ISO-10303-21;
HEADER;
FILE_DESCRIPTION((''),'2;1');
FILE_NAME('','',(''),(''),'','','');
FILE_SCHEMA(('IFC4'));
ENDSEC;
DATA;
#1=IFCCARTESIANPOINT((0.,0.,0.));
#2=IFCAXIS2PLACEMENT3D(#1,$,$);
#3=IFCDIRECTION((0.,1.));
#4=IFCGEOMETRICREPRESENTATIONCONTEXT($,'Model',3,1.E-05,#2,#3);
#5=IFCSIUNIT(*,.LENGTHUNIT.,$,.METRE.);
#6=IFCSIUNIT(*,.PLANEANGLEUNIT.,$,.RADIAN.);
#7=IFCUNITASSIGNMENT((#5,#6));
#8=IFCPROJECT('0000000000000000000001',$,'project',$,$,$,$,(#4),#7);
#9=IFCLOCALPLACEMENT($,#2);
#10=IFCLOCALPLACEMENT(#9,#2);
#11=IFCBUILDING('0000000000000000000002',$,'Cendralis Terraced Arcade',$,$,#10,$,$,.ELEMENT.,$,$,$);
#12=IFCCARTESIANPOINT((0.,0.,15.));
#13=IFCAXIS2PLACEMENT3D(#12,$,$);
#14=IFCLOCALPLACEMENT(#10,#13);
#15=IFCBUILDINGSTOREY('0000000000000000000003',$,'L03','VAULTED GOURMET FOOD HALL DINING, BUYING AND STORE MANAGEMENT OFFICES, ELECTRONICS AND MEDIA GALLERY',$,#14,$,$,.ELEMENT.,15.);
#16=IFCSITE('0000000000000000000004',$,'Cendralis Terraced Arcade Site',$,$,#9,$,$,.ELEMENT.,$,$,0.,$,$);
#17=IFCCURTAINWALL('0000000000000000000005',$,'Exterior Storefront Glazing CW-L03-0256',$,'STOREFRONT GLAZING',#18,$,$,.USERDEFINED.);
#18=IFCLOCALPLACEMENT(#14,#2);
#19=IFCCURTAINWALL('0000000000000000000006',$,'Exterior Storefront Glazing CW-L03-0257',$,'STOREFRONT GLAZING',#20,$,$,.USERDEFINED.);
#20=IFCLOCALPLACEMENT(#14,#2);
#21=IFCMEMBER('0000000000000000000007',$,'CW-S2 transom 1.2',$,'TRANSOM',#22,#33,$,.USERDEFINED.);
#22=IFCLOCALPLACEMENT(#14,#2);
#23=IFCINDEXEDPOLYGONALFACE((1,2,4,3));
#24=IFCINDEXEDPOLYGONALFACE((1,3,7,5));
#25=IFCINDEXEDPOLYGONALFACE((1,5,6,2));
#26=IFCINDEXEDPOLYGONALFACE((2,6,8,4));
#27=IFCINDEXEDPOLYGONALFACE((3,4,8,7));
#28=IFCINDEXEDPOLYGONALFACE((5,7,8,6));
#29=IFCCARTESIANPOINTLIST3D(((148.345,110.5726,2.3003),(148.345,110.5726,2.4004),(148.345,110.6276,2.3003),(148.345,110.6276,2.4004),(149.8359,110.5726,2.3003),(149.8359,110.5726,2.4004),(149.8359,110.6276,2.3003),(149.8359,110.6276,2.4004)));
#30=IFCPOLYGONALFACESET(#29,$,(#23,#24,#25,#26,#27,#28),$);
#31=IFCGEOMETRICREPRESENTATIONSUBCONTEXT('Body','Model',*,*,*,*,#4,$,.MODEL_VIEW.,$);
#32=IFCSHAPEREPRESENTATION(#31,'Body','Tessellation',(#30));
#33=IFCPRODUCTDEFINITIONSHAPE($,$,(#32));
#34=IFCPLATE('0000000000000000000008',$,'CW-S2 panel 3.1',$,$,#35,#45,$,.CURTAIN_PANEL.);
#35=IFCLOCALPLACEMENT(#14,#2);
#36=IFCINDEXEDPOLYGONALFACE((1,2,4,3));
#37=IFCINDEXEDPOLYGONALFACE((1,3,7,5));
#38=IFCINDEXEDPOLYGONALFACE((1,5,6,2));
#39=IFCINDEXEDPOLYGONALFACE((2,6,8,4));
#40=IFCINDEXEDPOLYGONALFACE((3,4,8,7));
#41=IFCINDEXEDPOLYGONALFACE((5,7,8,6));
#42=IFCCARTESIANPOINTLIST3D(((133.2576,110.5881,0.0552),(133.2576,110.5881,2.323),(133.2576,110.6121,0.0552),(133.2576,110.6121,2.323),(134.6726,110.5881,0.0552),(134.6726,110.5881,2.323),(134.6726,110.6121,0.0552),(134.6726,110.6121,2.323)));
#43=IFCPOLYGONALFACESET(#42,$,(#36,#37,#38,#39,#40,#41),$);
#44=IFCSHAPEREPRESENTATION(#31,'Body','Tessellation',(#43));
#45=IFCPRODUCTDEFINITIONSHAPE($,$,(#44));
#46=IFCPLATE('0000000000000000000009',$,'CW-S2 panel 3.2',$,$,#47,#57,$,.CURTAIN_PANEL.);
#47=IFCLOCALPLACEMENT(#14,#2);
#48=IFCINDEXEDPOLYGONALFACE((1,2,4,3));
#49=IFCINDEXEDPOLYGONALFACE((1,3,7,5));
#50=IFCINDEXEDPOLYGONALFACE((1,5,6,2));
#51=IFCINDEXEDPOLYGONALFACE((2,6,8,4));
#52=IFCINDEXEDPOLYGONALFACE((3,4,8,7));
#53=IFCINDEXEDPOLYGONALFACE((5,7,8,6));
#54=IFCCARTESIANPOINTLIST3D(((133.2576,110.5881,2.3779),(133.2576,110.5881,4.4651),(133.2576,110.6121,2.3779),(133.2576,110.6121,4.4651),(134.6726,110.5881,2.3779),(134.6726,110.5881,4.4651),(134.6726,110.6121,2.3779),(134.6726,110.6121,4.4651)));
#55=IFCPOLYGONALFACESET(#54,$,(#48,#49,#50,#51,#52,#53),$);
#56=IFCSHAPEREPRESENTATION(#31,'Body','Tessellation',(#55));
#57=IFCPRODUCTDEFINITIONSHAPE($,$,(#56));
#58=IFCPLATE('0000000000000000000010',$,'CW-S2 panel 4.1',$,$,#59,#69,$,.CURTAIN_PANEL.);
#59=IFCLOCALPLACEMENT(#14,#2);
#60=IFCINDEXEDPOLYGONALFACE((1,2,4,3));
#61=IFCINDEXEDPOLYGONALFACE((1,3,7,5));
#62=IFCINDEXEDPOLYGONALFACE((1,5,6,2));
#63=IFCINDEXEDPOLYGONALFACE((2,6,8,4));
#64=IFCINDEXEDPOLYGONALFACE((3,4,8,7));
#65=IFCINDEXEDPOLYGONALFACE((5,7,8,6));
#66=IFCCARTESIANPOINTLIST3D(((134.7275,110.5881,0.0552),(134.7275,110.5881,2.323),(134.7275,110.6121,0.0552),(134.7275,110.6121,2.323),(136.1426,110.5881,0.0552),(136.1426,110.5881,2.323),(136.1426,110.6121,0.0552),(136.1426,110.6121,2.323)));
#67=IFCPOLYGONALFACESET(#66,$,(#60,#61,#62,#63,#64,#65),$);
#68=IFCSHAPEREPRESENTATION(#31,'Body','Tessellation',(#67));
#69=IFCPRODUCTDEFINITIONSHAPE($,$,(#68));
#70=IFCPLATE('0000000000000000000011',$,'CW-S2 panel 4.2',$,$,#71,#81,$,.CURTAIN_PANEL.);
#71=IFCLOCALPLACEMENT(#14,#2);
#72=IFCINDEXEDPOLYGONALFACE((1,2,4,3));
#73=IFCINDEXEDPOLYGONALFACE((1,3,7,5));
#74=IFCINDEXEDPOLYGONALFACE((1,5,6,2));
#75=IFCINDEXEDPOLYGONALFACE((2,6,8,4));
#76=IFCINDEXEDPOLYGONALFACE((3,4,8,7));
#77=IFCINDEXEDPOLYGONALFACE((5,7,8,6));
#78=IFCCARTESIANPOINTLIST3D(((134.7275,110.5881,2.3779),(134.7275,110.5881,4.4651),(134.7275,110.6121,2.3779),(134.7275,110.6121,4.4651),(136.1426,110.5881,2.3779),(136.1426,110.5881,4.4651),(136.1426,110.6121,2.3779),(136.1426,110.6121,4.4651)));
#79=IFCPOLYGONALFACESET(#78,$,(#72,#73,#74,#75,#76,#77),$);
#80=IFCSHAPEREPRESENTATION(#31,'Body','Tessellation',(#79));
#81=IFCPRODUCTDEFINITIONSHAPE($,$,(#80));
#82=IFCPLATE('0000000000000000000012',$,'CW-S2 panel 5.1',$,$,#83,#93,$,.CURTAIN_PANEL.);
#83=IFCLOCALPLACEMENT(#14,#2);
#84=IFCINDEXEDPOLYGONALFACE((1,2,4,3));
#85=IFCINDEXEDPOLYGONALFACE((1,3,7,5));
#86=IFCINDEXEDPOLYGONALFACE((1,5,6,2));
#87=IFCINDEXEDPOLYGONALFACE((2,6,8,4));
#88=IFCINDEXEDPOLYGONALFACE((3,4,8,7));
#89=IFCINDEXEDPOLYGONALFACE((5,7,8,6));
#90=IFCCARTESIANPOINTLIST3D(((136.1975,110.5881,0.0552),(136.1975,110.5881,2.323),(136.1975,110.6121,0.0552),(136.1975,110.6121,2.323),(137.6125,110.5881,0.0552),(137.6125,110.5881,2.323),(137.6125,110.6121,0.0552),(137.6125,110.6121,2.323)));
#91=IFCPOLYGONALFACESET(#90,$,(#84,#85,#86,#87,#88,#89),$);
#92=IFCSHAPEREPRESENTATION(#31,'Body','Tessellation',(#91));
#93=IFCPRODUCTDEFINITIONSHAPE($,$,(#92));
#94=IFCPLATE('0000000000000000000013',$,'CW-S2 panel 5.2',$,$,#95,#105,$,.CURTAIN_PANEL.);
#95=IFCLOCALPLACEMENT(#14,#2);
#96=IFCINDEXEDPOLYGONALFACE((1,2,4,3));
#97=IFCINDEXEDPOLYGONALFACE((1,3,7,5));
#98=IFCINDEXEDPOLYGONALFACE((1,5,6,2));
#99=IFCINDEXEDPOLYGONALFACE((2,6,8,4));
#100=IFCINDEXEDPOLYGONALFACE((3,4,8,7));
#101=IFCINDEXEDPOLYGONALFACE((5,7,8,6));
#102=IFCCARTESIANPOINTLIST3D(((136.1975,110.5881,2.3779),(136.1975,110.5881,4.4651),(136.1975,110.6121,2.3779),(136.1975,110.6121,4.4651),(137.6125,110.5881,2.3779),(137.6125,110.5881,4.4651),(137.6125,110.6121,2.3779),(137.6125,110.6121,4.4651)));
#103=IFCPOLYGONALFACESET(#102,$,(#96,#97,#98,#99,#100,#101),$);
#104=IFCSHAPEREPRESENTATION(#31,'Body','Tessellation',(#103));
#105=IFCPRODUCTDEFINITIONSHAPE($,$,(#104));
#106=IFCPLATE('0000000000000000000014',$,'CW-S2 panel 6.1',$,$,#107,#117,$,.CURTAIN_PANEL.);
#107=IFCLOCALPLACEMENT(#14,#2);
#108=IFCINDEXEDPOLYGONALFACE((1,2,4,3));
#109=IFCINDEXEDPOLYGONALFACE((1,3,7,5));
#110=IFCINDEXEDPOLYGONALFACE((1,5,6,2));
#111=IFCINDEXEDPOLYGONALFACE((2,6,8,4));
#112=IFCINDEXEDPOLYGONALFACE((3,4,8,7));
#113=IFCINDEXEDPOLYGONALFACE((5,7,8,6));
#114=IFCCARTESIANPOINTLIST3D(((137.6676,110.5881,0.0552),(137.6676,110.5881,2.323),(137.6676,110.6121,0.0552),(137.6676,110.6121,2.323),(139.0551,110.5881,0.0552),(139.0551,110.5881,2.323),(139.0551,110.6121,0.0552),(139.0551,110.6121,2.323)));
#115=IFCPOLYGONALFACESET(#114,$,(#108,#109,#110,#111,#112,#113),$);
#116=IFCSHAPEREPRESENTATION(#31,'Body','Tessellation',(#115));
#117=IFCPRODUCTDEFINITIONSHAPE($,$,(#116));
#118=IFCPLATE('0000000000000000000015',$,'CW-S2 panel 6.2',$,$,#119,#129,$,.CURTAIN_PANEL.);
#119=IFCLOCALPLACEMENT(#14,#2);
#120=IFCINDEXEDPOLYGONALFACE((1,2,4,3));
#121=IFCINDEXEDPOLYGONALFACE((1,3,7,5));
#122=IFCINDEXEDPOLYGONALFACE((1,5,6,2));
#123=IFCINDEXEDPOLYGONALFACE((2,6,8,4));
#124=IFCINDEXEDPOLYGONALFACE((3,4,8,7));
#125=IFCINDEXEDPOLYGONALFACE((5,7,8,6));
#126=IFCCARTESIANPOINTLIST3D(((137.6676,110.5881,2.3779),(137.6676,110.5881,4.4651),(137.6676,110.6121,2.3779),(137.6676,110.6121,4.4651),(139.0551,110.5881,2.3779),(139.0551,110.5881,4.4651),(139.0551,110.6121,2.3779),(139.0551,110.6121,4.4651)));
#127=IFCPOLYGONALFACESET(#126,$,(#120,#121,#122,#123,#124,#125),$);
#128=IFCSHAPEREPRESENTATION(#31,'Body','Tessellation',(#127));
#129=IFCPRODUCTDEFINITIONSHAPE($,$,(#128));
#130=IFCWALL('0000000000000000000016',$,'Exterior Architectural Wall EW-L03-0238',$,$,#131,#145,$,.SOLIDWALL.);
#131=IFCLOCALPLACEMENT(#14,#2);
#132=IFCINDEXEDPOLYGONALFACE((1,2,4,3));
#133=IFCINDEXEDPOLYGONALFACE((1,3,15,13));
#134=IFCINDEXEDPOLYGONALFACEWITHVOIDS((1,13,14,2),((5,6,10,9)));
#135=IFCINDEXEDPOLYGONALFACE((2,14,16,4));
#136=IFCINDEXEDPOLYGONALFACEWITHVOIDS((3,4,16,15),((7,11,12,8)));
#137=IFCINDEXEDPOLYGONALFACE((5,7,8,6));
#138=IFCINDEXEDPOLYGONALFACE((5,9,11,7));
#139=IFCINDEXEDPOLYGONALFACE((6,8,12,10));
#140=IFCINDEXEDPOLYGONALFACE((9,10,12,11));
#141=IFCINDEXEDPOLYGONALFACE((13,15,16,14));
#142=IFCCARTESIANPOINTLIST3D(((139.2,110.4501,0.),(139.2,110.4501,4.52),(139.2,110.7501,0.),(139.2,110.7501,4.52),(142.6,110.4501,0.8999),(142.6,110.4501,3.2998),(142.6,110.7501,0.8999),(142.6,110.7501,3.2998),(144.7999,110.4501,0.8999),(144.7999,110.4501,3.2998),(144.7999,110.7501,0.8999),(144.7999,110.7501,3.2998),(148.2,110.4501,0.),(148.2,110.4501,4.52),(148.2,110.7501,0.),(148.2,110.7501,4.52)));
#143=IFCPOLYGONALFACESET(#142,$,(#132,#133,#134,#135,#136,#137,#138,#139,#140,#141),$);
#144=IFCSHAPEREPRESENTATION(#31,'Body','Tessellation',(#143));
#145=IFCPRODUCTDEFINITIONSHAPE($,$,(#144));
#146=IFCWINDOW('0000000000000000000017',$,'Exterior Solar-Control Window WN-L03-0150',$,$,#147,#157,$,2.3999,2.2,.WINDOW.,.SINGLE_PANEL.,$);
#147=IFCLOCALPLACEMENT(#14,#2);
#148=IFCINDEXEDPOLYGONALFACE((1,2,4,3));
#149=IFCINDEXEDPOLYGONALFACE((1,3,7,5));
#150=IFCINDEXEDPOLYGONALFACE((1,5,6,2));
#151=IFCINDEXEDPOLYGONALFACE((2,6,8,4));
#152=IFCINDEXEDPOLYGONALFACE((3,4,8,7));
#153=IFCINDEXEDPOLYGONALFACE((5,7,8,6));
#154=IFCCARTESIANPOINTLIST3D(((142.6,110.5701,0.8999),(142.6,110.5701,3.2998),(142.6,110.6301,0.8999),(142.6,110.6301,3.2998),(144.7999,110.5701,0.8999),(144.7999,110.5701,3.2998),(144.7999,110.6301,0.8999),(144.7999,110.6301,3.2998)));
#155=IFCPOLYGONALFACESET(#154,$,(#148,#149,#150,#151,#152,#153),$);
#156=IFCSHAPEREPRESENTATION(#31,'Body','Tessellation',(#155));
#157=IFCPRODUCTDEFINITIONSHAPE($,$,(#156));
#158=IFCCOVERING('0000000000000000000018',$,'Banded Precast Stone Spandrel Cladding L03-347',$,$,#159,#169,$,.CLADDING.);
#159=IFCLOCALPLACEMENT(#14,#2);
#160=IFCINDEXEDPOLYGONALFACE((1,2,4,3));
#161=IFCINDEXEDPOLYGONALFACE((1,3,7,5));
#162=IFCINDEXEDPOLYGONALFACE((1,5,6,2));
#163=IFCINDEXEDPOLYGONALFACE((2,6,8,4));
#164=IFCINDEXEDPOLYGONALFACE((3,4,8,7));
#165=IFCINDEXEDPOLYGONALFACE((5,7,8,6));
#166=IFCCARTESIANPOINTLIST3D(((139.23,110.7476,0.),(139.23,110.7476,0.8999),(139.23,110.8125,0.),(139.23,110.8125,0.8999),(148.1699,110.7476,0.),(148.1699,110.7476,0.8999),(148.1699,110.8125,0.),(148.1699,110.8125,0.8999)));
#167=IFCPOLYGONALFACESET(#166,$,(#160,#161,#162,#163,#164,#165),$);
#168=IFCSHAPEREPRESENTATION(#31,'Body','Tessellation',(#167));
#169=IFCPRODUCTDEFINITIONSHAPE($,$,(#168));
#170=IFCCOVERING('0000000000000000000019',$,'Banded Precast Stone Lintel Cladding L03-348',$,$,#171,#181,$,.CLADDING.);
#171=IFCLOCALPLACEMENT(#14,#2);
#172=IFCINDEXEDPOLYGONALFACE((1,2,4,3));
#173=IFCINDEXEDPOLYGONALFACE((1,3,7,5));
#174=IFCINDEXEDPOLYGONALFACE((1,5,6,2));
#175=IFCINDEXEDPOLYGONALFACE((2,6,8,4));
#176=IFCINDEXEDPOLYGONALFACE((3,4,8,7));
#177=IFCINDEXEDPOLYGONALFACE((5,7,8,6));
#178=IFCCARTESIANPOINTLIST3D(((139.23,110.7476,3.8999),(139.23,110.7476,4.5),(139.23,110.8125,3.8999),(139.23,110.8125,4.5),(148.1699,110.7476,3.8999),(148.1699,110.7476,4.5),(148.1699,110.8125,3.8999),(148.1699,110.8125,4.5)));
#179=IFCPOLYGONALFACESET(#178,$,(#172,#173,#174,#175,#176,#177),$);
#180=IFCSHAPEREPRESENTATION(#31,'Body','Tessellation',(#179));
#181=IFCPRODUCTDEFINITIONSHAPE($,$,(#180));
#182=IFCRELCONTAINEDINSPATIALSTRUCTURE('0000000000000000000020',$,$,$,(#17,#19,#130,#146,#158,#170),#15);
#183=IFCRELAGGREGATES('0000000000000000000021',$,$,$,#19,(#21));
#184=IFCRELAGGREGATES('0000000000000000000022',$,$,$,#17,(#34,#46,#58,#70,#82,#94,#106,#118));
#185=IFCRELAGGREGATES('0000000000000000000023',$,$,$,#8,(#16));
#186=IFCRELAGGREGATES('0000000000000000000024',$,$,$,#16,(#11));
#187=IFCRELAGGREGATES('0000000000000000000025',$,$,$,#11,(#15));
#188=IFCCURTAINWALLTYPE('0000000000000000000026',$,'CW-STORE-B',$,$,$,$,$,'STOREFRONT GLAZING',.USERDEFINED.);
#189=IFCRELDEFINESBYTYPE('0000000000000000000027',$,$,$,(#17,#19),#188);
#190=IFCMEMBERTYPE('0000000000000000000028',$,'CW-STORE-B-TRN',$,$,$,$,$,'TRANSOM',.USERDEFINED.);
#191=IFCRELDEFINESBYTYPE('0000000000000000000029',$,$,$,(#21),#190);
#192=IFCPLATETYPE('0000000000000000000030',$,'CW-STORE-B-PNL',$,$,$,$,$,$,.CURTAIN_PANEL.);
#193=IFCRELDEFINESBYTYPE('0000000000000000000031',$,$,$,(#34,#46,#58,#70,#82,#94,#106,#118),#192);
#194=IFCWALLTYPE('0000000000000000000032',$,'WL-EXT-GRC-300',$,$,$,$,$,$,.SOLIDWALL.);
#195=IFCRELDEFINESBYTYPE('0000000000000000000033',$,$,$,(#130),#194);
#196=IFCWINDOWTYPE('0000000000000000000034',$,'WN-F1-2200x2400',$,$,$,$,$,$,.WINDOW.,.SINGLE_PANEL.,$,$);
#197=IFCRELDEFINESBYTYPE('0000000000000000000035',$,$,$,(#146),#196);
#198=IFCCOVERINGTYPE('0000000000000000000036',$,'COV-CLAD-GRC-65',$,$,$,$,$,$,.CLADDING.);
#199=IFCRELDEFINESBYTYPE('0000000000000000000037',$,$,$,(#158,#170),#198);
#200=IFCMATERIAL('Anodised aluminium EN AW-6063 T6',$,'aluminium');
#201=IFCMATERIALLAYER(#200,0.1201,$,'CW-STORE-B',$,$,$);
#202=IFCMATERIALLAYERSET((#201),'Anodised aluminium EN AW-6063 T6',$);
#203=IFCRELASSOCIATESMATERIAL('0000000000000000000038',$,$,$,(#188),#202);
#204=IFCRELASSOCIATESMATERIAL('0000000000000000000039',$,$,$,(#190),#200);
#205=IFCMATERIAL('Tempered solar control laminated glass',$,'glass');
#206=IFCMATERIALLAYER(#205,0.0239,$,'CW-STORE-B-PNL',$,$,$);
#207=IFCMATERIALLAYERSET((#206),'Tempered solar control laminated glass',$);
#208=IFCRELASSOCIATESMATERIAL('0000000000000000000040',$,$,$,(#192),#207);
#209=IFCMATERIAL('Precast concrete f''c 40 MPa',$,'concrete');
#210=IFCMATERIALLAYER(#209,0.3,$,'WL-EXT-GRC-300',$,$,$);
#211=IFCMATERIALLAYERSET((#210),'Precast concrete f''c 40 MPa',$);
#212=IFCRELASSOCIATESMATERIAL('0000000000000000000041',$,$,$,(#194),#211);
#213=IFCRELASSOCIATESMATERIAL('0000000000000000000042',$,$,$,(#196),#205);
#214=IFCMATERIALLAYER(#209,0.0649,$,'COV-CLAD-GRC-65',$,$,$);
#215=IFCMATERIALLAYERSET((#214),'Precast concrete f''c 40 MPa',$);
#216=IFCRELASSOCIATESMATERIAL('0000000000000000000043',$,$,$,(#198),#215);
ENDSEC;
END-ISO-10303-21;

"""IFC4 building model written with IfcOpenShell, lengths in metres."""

from ifc_helpers import new_model, si_unit, direction, frame, frame_2d, origin, origin_2d, place, context, subcontext, project, spatial, rectangle, extrude, material, layer, layer_set, material_profile, profile_set, type_object, element, fill, aggregate, save


model = new_model("IFC4")

# Units and contexts
model_context = context("Model", 3, precision=1e-05, world=origin(), true_north=direction((0.0, 1.0)))
body_context = subcontext(model_context, "Body", "Model", "MODEL_VIEW")
ifc_project = project(units=[si_unit("LENGTHUNIT", "METRE"), si_unit("PLANEANGLEUNIT", "RADIAN")], contexts=[model_context])

# Site, building, storey
site_placement = place(None, origin())
site = spatial("IfcSite", under=ifc_project, at=site_placement, Name="Cendralis Terraced Arcade Site", CompositionType="ELEMENT", RefElevation=0.0)
building_placement = place(site_placement, origin())
building = spatial("IfcBuilding", under=site, at=building_placement, Name="Cendralis Terraced Arcade", CompositionType="ELEMENT")
storey_placement = place(building_placement, frame((0.0, 0.0, 15.0)))
storey = spatial("IfcBuildingStorey", under=building, at=storey_placement, Name="L03", Description="VAULTED GOURMET FOOD HALL DINING, BUYING AND STORE MANAGEMENT OFFICES, ELECTRONICS AND MEDIA GALLERY", CompositionType="ELEMENT", Elevation=15.0)

# Curtain wall
ifc_material_1 = material(Name="Anodised aluminium EN AW-6063 T6", Category="aluminium")
ifc_layer_1 = layer(ifc_material_1, 0.1201, Name="CW-STORE-B")
ifc_layer_set_1 = layer_set([ifc_layer_1], Name="Anodised aluminium EN AW-6063 T6")
curtain_wall_type = type_object("IfcCurtainWallType", Name="CW-STORE-B", ElementType="STOREFRONT GLAZING", PredefinedType="USERDEFINED", material=ifc_layer_set_1)
curtain_wall_1_placement = place(storey_placement, origin())
curtain_wall_1 = element("IfcCurtainWall", 1, at=curtain_wall_1_placement, inside=storey, type_object=curtain_wall_type, Name="Exterior Storefront Glazing CW-L03-0256", ObjectType="STOREFRONT GLAZING", PredefinedType="USERDEFINED")

# Curtain wall
curtain_wall_2_placement = place(storey_placement, origin())
curtain_wall_2 = element("IfcCurtainWall", 2, at=curtain_wall_2_placement, inside=storey, type_object=curtain_wall_type, Name="Exterior Storefront Glazing CW-L03-0257", ObjectType="STOREFRONT GLAZING", PredefinedType="USERDEFINED")

# Member
ifc_material_profile_1 = material_profile(ifc_material_1, rectangle(XDim=0.0549, YDim=0.1001, at=origin_2d()), Name="ALU-TRN-55x100")
ifc_profile_set_1 = profile_set([ifc_material_profile_1], Name="Anodised aluminium EN AW-6063 T6")
member_type_1 = type_object("IfcMemberType", Name="CW-STORE-B-TRN", ElementType="TRANSOM", PredefinedType="USERDEFINED", material=ifc_profile_set_1)
member_1_placement = place(storey_placement, frame((148.345, 110.6001, 2.3503), z_axis=(1.0, 0.0, 0.0), x_axis=(0.0, 1.0, 0.0)))
member_1 = element("IfcMember", 3, at=member_1_placement, type_object=member_type_1, Name="CW-S2 transom 1.2", ObjectType="TRANSOM", PredefinedType="USERDEFINED", context=body_context, shape_type="SweptSolid", body=[
    extrude(rectangle(XDim=0.0549, YDim=0.1001, at=origin_2d()), origin(), (0.0, 0.0, 1.0), 1.491),
])
aggregate(curtain_wall_2, [member_1])

# Plates
ifc_material_2 = material(Name="Tempered solar control laminated glass", Category="glass")
ifc_layer_2 = layer(ifc_material_2, 0.0239, Name="CW-STORE-B-PNL")
ifc_layer_set_2 = layer_set([ifc_layer_2], Name="Tempered solar control laminated glass")
plate_type = type_object("IfcPlateType", Name="CW-STORE-B-PNL", PredefinedType="CURTAIN_PANEL", material=ifc_layer_set_2)
plate_1_placement = place(storey_placement, frame((133.9651, 110.6001, 0.0552), z_axis=(0.0, 0.0, 1.0), x_axis=(1.0, 0.0, 0.0)))
plate_1 = element("IfcPlate", 4, at=plate_1_placement, type_object=plate_type, Name="CW-S2 panel 3.1", PredefinedType="CURTAIN_PANEL", context=body_context, shape_type="SweptSolid", body=[
    extrude(rectangle(XDim=1.415, YDim=0.0239, at=origin_2d()), origin(), (0.0, 0.0, 1.0), 2.2678),
])
plate_2_placement = place(storey_placement, frame((133.9651, 110.6001, 2.3779), z_axis=(0.0, 0.0, 1.0), x_axis=(1.0, 0.0, 0.0)))
plate_2 = element("IfcPlate", 5, at=plate_2_placement, type_object=plate_type, Name="CW-S2 panel 3.2", PredefinedType="CURTAIN_PANEL", context=body_context, shape_type="SweptSolid", body=[
    extrude(rectangle(XDim=1.415, YDim=0.0239, at=origin_2d()), origin(), (0.0, 0.0, 1.0), 2.0872),
])
plate_3_placement = place(storey_placement, frame((135.4351, 110.6001, 0.0552), z_axis=(0.0, 0.0, 1.0), x_axis=(1.0, 0.0, 0.0)))
plate_3 = element("IfcPlate", 6, at=plate_3_placement, type_object=plate_type, Name="CW-S2 panel 4.1", PredefinedType="CURTAIN_PANEL", context=body_context, shape_type="SweptSolid", body=[
    extrude(rectangle(XDim=1.415, YDim=0.0239, at=origin_2d()), origin(), (0.0, 0.0, 1.0), 2.2678),
])
plate_4_placement = place(storey_placement, frame((135.4351, 110.6001, 2.3779), z_axis=(0.0, 0.0, 1.0), x_axis=(1.0, 0.0, 0.0)))
plate_4 = element("IfcPlate", 7, at=plate_4_placement, type_object=plate_type, Name="CW-S2 panel 4.2", PredefinedType="CURTAIN_PANEL", context=body_context, shape_type="SweptSolid", body=[
    extrude(rectangle(XDim=1.415, YDim=0.0239, at=origin_2d()), origin(), (0.0, 0.0, 1.0), 2.0872),
])
plate_5_placement = place(storey_placement, frame((136.905, 110.6001, 0.0552), z_axis=(0.0, 0.0, 1.0), x_axis=(1.0, 0.0, 0.0)))
plate_5 = element("IfcPlate", 8, at=plate_5_placement, type_object=plate_type, Name="CW-S2 panel 5.1", PredefinedType="CURTAIN_PANEL", context=body_context, shape_type="SweptSolid", body=[
    extrude(rectangle(XDim=1.415, YDim=0.0239, at=origin_2d()), origin(), (0.0, 0.0, 1.0), 2.2678),
])
plate_6_placement = place(storey_placement, frame((136.905, 110.6001, 2.3779), z_axis=(0.0, 0.0, 1.0), x_axis=(1.0, 0.0, 0.0)))
plate_6 = element("IfcPlate", 9, at=plate_6_placement, type_object=plate_type, Name="CW-S2 panel 5.2", PredefinedType="CURTAIN_PANEL", context=body_context, shape_type="SweptSolid", body=[
    extrude(rectangle(XDim=1.415, YDim=0.0239, at=origin_2d()), origin(), (0.0, 0.0, 1.0), 2.0872),
])
plate_7_placement = place(storey_placement, frame((138.3613, 110.6001, 0.0552), z_axis=(0.0, 0.0, 1.0), x_axis=(1.0, 0.0, 0.0)))
plate_7 = element("IfcPlate", 10, at=plate_7_placement, type_object=plate_type, Name="CW-S2 panel 6.1", PredefinedType="CURTAIN_PANEL", context=body_context, shape_type="SweptSolid", body=[
    extrude(rectangle(XDim=1.3875, YDim=0.0239, at=origin_2d()), origin(), (0.0, 0.0, 1.0), 2.2678),
])
plate_8_placement = place(storey_placement, frame((138.3613, 110.6001, 2.3779), z_axis=(0.0, 0.0, 1.0), x_axis=(1.0, 0.0, 0.0)))
plate_8 = element("IfcPlate", 11, at=plate_8_placement, type_object=plate_type, Name="CW-S2 panel 6.2", PredefinedType="CURTAIN_PANEL", context=body_context, shape_type="SweptSolid", body=[
    extrude(rectangle(XDim=1.3875, YDim=0.0239, at=origin_2d()), origin(), (0.0, 0.0, 1.0), 2.0872),
])
aggregate(curtain_wall_1, [plate_1, plate_2, plate_3, plate_4, plate_5, plate_6, plate_7, plate_8])

# Wall, opening, window
ifc_material_3 = material(Name="Precast concrete f'c 40 MPa", Category="concrete")
ifc_layer_3 = layer(ifc_material_3, 0.3, Name="WL-EXT-GRC-300")
ifc_layer_set_3 = layer_set([ifc_layer_3], Name="Precast concrete f'c 40 MPa")
wall_type = type_object("IfcWallType", Name="WL-EXT-GRC-300", PredefinedType="SOLIDWALL", material=ifc_layer_set_3)
wall_placement = place(storey_placement, frame((139.2, 110.6001, 0.0), z_axis=(0.0, 0.0, 1.0), x_axis=(1.0, 0.0, 0.0)))
wall = element("IfcWall", 12, at=wall_placement, inside=storey, type_object=wall_type, Name="Exterior Architectural Wall EW-L03-0238", PredefinedType="SOLIDWALL", context=body_context, shape_type="SweptSolid", body=[
    extrude(rectangle(XDim=9.0, YDim=0.3, at=frame_2d((4.5, 0.0))), origin(), (0.0, 0.0, 1.0), 4.52),
])
opening_placement = place(wall_placement, frame((3.3999, 0.0, 0.8999)))
opening = element("IfcOpeningElement", 13, at=opening_placement, cuts=wall, PredefinedType="OPENING", context=body_context, shape_type="SweptSolid", body=[
    extrude(rectangle(XDim=2.2, YDim=2.3999, at=frame_2d((1.1001, 1.2))), frame((0.0, 0.1621, 0.0), z_axis=(0.0, -1.0, 0.0), x_axis=(1.0, 0.0, 0.0)), (0.0, 0.0, 1.0), 0.324),
])
window_type = type_object("IfcWindowType", Name="WN-F1-2200x2400", PartitioningType="SINGLE_PANEL", PredefinedType="WINDOW", material=ifc_material_2)
window_placement = place(opening_placement, origin())
window = element("IfcWindow", 14, at=window_placement, inside=storey, type_object=window_type, Name="Exterior Solar-Control Window WN-L03-0150", OverallHeight=2.3999, OverallWidth=2.2, PartitioningType="SINGLE_PANEL", PredefinedType="WINDOW", context=body_context, shape_type="SweptSolid", body=[
    extrude(rectangle(XDim=2.2, YDim=2.3999, at=frame_2d((1.1001, 1.2))), frame((0.0, 0.03, 0.0), z_axis=(0.0, -1.0, 0.0), x_axis=(1.0, 0.0, 0.0)), (0.0, 0.0, 1.0), 0.0601),
])
fill(opening, window)

# Coverings
ifc_layer_4 = layer(ifc_material_3, 0.0649, Name="COV-CLAD-GRC-65")
ifc_layer_set_4 = layer_set([ifc_layer_4], Name="Precast concrete f'c 40 MPa")
covering_type = type_object("IfcCoveringType", Name="COV-CLAD-GRC-65", PredefinedType="CLADDING", material=ifc_layer_set_4)
covering_1_placement = place(storey_placement, frame((143.7, 110.78, 0.0), z_axis=(0.0, 0.0, 1.0), x_axis=(1.0, 0.0, 0.0)))
element("IfcCovering", 15, at=covering_1_placement, inside=storey, type_object=covering_type, Name="Banded Precast Stone Spandrel Cladding L03-347", PredefinedType="CLADDING", context=body_context, shape_type="SweptSolid", body=[
    extrude(rectangle(XDim=8.9399, YDim=0.0649, at=origin_2d()), origin(), (0.0, 0.0, 1.0), 0.8999),
])
covering_2_placement = place(storey_placement, frame((143.7, 110.78, 3.8999), z_axis=(0.0, 0.0, 1.0), x_axis=(1.0, 0.0, 0.0)))
element("IfcCovering", 16, at=covering_2_placement, inside=storey, type_object=covering_type, Name="Banded Precast Stone Lintel Cladding L03-348", PredefinedType="CLADDING", context=body_context, shape_type="SweptSolid", body=[
    extrude(rectangle(XDim=8.9399, YDim=0.0649, at=origin_2d()), origin(), (0.0, 0.0, 1.0), 0.6001),
])

save(model, "model.ifc")
